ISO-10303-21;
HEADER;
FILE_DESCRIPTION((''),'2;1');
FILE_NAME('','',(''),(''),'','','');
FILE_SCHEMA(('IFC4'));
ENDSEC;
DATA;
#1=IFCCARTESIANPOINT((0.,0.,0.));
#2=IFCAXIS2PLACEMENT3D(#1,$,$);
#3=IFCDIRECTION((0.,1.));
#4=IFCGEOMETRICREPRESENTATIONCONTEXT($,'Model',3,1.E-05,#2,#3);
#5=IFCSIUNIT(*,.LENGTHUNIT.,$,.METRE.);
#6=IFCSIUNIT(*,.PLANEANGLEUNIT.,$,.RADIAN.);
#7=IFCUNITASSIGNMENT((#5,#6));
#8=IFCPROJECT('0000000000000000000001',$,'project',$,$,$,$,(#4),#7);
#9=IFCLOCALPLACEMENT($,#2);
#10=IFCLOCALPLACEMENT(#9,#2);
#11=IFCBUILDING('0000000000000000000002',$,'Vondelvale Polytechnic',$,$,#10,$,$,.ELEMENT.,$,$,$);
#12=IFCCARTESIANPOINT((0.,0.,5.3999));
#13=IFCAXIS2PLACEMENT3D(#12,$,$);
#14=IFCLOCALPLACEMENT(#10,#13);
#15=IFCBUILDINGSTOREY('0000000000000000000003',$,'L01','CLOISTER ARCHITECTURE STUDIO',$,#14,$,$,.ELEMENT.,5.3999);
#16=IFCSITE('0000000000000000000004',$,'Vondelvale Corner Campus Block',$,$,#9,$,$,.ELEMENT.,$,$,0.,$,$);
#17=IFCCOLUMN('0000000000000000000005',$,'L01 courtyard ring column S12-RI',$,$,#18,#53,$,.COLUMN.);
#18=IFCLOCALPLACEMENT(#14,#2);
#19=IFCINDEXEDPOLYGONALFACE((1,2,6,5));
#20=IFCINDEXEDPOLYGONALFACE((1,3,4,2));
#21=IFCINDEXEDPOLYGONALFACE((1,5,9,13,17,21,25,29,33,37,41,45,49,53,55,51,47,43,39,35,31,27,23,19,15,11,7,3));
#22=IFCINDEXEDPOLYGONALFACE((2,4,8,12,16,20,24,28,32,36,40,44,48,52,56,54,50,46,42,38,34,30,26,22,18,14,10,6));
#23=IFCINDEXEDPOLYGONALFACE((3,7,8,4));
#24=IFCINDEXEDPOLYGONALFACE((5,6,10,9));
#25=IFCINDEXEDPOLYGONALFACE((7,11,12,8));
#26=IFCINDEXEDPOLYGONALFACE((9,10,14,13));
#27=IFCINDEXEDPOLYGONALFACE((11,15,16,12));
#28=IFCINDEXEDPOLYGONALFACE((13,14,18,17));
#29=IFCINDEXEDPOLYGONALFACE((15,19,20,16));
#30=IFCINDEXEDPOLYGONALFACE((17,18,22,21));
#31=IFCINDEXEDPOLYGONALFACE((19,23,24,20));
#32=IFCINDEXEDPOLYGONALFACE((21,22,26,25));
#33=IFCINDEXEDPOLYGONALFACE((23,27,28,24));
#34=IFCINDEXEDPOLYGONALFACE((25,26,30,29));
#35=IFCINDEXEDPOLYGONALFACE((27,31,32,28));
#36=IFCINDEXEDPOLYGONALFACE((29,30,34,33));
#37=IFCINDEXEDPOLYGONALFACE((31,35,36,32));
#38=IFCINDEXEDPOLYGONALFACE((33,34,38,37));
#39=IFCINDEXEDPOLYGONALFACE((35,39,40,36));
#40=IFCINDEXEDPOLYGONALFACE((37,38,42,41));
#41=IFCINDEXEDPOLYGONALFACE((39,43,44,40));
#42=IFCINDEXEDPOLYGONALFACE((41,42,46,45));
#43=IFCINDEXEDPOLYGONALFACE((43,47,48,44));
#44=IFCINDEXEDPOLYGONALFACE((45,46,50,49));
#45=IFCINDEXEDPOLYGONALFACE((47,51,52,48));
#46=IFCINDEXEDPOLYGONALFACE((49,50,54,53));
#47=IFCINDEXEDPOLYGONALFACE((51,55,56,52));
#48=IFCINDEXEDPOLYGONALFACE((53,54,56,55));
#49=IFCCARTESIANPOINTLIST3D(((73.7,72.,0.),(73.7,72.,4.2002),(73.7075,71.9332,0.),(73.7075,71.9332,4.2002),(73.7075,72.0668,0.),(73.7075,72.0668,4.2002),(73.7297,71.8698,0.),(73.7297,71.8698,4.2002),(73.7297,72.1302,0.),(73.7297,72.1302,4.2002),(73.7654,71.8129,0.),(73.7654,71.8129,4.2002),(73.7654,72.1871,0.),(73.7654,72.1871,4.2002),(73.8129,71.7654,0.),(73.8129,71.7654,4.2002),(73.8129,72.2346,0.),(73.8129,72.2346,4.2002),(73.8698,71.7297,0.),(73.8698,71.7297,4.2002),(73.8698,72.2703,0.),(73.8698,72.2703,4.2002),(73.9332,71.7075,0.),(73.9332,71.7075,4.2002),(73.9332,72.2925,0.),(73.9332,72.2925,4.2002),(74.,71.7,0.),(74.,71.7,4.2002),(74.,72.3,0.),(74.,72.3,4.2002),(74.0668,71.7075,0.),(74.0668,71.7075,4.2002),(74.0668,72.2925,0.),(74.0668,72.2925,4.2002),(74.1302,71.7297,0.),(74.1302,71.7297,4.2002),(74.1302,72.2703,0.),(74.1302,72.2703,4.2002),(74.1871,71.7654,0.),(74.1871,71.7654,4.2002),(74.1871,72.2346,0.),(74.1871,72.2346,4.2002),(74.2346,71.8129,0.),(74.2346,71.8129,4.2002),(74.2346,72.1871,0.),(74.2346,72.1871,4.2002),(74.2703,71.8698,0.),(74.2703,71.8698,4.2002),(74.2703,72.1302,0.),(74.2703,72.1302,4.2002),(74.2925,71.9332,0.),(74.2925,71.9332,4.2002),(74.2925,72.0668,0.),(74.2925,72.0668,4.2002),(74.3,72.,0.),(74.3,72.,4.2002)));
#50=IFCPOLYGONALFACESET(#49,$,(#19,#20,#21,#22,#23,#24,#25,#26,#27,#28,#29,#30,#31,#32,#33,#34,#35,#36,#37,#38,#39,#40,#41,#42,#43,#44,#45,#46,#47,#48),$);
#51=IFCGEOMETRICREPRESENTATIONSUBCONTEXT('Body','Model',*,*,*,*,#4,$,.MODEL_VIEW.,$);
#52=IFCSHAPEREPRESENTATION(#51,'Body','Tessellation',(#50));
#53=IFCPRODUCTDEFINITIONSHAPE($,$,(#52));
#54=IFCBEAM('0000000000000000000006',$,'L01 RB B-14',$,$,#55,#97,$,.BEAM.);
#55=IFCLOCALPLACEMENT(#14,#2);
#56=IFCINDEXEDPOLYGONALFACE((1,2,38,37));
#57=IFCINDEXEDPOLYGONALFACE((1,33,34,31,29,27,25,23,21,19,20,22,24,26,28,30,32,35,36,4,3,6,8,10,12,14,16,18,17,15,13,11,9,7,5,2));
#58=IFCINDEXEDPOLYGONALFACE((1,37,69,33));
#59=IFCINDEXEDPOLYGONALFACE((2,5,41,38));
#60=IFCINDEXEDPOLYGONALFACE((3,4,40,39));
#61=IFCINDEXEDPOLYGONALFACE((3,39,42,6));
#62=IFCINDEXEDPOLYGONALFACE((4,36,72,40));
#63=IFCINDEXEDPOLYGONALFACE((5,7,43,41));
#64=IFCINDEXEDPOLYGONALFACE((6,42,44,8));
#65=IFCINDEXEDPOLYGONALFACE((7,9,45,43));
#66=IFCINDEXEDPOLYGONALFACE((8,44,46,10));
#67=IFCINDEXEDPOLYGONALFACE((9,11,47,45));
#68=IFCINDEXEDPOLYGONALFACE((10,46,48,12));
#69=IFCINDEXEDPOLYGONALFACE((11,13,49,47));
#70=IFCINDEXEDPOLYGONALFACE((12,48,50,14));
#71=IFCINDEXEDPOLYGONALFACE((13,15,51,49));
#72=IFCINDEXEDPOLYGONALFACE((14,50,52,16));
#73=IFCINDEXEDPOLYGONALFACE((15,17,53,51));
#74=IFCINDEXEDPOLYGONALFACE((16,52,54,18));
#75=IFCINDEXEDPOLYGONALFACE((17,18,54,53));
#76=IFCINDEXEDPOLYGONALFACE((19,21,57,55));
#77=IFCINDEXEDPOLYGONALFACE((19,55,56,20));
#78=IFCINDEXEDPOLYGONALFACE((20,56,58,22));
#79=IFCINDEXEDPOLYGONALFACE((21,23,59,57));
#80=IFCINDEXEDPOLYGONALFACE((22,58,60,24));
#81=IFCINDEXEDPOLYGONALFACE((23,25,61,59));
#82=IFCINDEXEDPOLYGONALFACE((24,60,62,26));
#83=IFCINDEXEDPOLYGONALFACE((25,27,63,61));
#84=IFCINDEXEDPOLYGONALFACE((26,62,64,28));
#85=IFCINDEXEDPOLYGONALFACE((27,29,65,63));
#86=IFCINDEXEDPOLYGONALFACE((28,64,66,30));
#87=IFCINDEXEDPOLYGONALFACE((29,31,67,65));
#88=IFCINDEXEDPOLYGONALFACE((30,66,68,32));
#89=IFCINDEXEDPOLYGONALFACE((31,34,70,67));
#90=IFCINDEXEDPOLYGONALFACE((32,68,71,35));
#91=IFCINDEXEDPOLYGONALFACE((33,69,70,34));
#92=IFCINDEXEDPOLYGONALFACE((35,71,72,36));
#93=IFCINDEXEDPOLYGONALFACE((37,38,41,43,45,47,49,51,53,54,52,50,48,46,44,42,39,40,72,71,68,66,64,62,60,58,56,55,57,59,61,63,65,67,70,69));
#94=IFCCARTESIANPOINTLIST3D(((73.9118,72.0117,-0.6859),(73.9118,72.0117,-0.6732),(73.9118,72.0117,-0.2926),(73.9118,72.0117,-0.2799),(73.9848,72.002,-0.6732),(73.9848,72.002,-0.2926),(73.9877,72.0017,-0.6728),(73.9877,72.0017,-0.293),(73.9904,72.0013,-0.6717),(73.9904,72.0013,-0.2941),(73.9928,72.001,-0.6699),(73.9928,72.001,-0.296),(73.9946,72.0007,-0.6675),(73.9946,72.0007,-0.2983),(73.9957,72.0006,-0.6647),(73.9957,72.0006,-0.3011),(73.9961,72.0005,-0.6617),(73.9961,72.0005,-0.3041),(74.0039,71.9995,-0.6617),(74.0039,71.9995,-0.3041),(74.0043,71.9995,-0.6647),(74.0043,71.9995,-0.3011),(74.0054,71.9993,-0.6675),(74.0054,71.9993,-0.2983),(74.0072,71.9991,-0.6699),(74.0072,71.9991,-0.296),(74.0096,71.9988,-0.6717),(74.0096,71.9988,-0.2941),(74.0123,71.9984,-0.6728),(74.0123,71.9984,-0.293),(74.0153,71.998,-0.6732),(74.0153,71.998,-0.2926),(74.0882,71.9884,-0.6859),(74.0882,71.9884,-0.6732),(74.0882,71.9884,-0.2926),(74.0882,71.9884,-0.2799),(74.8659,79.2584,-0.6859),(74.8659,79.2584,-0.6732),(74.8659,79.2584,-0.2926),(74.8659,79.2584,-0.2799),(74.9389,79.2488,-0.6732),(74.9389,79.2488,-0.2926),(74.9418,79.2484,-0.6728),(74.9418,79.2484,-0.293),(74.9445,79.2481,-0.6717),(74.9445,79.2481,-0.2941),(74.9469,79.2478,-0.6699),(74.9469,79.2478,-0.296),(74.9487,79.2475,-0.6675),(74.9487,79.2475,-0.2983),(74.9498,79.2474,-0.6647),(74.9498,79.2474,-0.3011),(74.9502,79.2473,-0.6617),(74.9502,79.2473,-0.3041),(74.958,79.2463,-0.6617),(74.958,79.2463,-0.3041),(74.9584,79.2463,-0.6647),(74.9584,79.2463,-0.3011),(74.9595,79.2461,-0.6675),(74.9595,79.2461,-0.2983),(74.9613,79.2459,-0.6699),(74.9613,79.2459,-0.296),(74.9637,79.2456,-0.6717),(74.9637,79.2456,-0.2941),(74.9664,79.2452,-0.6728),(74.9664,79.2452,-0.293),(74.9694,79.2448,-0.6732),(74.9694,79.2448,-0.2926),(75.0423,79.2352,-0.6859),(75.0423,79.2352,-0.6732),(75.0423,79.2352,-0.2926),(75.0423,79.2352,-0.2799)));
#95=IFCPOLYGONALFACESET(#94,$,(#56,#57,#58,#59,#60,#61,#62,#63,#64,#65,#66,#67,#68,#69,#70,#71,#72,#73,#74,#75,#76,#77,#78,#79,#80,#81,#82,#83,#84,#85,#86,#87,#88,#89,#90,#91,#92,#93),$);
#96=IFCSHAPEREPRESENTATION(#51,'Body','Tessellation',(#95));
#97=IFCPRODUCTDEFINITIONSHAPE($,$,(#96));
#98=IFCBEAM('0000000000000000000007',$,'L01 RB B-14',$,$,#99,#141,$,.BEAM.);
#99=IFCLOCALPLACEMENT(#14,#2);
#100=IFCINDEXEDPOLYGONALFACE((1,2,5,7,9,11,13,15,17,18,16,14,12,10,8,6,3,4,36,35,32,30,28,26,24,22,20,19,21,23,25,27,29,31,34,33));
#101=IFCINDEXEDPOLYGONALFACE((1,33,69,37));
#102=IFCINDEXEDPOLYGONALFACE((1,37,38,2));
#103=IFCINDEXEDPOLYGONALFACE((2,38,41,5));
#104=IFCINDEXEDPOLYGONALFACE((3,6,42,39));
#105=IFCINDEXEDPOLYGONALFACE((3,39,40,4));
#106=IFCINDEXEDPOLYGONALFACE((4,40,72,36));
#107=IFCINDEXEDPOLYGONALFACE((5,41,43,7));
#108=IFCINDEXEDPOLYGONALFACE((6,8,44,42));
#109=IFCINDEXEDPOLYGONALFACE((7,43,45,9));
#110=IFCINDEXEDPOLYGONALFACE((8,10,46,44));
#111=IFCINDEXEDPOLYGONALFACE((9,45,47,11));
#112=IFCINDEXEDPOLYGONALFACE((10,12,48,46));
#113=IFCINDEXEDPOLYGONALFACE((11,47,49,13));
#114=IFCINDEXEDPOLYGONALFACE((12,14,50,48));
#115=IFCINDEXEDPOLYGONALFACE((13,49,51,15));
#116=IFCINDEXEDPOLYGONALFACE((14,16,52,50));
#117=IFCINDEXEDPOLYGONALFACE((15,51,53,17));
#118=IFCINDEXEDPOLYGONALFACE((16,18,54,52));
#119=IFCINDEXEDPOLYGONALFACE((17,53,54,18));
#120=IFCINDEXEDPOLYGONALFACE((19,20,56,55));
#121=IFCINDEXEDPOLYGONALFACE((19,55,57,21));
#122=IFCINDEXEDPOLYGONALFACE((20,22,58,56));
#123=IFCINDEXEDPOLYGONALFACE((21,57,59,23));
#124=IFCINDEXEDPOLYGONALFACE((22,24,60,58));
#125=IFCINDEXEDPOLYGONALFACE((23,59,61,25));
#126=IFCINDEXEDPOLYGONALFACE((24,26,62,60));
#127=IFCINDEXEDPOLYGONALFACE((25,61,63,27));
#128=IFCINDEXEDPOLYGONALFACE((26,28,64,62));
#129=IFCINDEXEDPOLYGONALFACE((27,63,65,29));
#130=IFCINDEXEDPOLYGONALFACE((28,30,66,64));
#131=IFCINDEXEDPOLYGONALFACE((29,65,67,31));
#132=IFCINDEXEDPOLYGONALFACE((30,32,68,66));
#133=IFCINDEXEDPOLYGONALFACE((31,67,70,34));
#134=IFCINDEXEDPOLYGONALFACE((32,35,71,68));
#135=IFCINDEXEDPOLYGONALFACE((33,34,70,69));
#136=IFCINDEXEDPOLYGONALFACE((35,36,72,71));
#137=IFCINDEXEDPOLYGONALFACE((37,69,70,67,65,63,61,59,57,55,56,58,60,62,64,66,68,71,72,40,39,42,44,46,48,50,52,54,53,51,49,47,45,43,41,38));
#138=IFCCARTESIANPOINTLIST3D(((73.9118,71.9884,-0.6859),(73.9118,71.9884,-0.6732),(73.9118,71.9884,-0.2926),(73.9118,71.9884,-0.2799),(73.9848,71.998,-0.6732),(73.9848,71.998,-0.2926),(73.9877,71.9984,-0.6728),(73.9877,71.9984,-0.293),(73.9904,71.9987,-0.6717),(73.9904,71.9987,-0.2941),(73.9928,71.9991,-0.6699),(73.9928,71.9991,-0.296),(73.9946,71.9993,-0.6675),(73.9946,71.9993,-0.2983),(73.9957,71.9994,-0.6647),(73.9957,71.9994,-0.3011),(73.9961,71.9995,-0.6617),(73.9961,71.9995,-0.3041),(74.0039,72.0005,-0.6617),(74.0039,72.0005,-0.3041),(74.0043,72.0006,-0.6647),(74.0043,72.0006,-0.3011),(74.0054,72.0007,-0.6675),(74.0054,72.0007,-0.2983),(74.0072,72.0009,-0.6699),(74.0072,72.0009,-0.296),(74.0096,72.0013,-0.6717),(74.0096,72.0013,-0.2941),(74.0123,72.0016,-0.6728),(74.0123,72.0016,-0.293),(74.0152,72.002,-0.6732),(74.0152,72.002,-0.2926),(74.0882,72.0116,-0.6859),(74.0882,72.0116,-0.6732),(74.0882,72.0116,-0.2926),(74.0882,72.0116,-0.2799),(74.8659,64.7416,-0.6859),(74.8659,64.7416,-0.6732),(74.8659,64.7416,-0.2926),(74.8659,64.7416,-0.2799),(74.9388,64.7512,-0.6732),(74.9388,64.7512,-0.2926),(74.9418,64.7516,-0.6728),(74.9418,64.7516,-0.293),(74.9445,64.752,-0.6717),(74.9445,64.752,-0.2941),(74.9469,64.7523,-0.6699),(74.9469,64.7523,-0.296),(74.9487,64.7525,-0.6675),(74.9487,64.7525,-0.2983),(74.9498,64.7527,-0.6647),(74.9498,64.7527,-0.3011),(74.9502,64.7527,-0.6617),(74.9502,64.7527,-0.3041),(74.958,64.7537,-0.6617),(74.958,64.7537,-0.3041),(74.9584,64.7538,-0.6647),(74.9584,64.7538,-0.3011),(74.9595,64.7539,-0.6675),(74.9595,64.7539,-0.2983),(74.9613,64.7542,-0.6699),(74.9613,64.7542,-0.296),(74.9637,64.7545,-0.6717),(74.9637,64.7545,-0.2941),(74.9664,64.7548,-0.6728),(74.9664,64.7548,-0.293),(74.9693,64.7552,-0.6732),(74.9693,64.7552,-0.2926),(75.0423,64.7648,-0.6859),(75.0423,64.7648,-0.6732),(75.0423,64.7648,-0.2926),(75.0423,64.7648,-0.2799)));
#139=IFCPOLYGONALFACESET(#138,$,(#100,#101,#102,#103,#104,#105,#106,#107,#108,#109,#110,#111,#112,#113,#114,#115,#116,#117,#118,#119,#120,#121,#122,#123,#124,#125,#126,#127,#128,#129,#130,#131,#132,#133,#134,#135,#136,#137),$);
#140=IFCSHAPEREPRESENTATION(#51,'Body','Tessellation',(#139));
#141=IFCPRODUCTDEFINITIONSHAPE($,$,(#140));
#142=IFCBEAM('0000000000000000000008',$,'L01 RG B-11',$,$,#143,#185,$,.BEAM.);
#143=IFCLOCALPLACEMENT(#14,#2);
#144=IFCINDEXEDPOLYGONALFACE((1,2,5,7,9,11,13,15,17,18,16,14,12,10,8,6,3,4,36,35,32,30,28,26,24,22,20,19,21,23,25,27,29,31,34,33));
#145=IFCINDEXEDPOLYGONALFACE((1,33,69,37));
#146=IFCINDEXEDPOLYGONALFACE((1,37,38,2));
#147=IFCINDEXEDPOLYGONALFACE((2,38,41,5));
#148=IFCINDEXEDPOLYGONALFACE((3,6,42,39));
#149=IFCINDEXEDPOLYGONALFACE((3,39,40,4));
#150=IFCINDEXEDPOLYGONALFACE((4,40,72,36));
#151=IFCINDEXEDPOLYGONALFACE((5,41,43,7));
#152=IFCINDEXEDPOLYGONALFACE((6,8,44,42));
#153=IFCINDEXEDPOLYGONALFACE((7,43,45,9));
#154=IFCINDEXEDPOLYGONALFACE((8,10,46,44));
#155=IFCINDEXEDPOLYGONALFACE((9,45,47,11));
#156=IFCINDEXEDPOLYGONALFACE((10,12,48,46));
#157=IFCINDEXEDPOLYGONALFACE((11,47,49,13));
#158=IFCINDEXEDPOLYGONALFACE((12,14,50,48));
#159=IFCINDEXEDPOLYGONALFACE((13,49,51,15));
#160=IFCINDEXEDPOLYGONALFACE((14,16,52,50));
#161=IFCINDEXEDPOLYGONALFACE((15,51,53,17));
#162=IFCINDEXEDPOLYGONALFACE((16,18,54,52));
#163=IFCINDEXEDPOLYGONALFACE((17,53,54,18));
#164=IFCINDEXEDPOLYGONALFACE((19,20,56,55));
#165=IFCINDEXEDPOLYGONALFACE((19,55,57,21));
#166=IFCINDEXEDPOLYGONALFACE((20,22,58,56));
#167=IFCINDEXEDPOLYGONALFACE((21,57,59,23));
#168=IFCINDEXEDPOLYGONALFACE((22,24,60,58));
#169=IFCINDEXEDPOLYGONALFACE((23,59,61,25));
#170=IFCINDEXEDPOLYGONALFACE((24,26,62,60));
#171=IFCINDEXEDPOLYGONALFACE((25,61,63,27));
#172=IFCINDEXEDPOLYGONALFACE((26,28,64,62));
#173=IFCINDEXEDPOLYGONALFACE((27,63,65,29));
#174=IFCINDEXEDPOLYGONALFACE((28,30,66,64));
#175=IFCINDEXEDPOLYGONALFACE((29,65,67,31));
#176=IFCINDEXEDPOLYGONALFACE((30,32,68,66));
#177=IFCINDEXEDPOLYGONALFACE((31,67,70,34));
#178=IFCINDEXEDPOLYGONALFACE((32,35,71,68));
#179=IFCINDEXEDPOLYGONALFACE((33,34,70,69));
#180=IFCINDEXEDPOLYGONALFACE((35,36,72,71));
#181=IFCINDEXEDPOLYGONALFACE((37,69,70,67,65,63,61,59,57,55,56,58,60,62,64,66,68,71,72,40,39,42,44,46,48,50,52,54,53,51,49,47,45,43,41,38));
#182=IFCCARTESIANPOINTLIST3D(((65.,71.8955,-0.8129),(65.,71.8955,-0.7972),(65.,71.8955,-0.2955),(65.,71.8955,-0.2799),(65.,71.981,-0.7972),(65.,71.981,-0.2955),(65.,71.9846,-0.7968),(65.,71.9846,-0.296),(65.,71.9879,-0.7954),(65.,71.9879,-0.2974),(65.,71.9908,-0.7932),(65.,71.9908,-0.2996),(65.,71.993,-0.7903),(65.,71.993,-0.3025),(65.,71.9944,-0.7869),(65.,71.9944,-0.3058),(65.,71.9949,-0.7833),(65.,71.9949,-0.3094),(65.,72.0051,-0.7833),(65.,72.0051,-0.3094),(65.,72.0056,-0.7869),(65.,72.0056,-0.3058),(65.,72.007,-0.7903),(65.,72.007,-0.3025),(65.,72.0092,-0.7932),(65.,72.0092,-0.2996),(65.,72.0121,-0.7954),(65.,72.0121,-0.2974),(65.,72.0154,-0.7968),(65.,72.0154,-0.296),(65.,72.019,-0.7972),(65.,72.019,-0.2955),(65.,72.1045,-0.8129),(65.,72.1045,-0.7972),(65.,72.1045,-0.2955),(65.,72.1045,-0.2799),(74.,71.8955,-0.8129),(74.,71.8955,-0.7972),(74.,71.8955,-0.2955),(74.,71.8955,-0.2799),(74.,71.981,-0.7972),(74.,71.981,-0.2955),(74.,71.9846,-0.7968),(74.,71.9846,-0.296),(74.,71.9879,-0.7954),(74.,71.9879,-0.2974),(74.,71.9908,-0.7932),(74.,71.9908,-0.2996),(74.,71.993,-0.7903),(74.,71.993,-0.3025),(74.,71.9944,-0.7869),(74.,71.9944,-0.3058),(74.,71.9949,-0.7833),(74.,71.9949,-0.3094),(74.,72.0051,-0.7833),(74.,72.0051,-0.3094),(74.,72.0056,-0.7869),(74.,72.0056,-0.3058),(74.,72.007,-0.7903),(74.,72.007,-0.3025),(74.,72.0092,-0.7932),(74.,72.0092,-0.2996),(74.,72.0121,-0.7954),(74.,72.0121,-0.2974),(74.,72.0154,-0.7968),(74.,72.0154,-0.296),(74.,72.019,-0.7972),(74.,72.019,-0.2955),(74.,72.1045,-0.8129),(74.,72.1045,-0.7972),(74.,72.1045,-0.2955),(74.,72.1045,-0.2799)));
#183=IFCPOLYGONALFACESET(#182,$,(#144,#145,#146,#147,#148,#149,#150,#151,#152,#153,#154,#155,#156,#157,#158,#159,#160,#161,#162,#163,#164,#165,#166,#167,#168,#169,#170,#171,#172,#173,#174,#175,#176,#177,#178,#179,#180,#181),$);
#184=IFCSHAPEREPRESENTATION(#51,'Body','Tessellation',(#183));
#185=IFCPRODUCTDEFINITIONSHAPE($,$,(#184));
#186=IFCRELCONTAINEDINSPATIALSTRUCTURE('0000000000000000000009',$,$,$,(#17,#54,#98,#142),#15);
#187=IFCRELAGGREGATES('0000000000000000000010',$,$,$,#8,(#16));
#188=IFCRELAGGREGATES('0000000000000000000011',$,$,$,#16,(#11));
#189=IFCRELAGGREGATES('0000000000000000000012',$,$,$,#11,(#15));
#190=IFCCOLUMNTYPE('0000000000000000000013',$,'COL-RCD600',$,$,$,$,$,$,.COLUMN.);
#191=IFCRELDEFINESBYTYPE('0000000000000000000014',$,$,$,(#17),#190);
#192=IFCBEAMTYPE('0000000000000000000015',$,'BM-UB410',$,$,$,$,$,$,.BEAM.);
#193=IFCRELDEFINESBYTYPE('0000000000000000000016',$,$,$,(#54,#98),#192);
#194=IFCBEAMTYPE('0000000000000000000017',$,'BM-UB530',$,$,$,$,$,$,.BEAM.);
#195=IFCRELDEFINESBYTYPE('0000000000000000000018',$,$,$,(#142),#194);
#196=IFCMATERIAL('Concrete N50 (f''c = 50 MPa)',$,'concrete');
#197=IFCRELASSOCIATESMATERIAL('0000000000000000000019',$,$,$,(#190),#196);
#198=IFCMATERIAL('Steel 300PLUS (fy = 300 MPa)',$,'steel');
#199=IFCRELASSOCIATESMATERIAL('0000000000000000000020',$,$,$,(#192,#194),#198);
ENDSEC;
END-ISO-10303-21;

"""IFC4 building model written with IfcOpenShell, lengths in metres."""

from ifc_helpers import new_model, si_unit, direction, frame, origin, origin_2d, place, context, subcontext, project, spatial, circle, i_section, extrude, material, material_profile, profile_set, type_object, element, save


model = new_model("IFC4")

# Units and contexts
model_context = context("Model", 3, precision=1e-05, world=origin(), true_north=direction((0.0, 1.0)))
body_context = subcontext(model_context, "Body", "Model", "MODEL_VIEW")
ifc_project = project(units=[si_unit("LENGTHUNIT", "METRE"), si_unit("PLANEANGLEUNIT", "RADIAN")], contexts=[model_context])

# Site, building, storey
site_placement = place(None, origin())
site = spatial("IfcSite", under=ifc_project, at=site_placement, Name="Vondelvale Corner Campus Block", CompositionType="ELEMENT", RefElevation=0.0)
building_placement = place(site_placement, origin())
building = spatial("IfcBuilding", under=site, at=building_placement, Name="Vondelvale Polytechnic", CompositionType="ELEMENT")
storey_placement = place(building_placement, frame((0.0, 0.0, 5.3999)))
storey = spatial("IfcBuildingStorey", under=building, at=storey_placement, Name="L01", Description="CLOISTER ARCHITECTURE STUDIO", CompositionType="ELEMENT", Elevation=5.3999)

# Column
ifc_material_1 = material(Name="Concrete N50 (f'c = 50 MPa)", Category="concrete")
ifc_material_profile_1 = material_profile(ifc_material_1, circle(Radius=0.3, at=origin_2d()), Name="RC-COL-D600")
ifc_profile_set_1 = profile_set([ifc_material_profile_1], Name="Concrete N50 (f'c = 50 MPa)")
column_type = type_object("IfcColumnType", Name="COL-RCD600", PredefinedType="COLUMN", material=ifc_profile_set_1)
for number, where, z_axis, x_axis, name in (
    (1, (74.0, 72.0, 0.0), (0.0, 0.0, 1.0), (1.0, 0.0, 0.0), "L01 courtyard ring column S12-RI"),
):
    element("IfcColumn", number, at=place(storey_placement, frame(where, z_axis=z_axis, x_axis=x_axis)), inside=storey, type_object=column_type, Name=name, PredefinedType="COLUMN", context=body_context, shape_type="SweptSolid", body=[
        extrude(circle(Radius=0.3, at=origin_2d()), origin(), (0.0, 0.0, 1.0), 4.2002),
    ])

# Beams
ifc_material_2 = material(Name="Steel 300PLUS (fy = 300 MPa)", Category="steel")
ifc_material_profile_2 = material_profile(ifc_material_2, i_section(OverallWidth=0.178, OverallDepth=0.406, WebThickness=0.0078, FlangeThickness=0.0127, FilletRadius=0.0115, at=origin_2d()), Name="410UB59.7")
ifc_profile_set_2 = profile_set([ifc_material_profile_2], Name="Steel 300PLUS (fy = 300 MPa)")
beam_type_1 = type_object("IfcBeamType", Name="BM-UB410", PredefinedType="BEAM", material=ifc_profile_set_2)
for number, where, z_axis, x_axis, name in (
    (2, (74.9541, 79.2468, -0.4829), (-0.130531, -0.991444, 0.0), (0.991444, -0.130531, 0.0), "L01 RB B-14"),
    (3, (74.0, 72.0, -0.4829), (0.130531, -0.991444, 0.0), (0.991444, 0.130531, 0.0), "L01 RB B-14"),
):
    element("IfcBeam", number, at=place(storey_placement, frame(where, z_axis=z_axis, x_axis=x_axis)), inside=storey, type_object=beam_type_1, Name=name, PredefinedType="BEAM", context=body_context, shape_type="SweptSolid", body=[
        extrude(i_section(OverallWidth=0.178, OverallDepth=0.406, WebThickness=0.0078, FlangeThickness=0.0127, FilletRadius=0.0115, at=origin_2d()), origin(), (0.0, 0.0, 1.0), 7.3093),
    ])
ifc_material_profile_3 = material_profile(ifc_material_2, i_section(OverallWidth=0.209, OverallDepth=0.533, WebThickness=0.0103, FlangeThickness=0.0156, FilletRadius=0.0139, at=origin_2d()), Name="530UB92.4")
ifc_profile_set_3 = profile_set([ifc_material_profile_3], Name="Steel 300PLUS (fy = 300 MPa)")
beam_type_2 = type_object("IfcBeamType", Name="BM-UB530", PredefinedType="BEAM", material=ifc_profile_set_3)
beam_placement = place(storey_placement, frame((74.0, 72.0, -0.5464), z_axis=(-1.0, 0.0, 0.0), x_axis=(0.0, -1.0, 0.0)))
element("IfcBeam", 4, at=beam_placement, inside=storey, type_object=beam_type_2, Name="L01 RG B-11", PredefinedType="BEAM", context=body_context, shape_type="SweptSolid", body=[
    extrude(i_section(OverallWidth=0.209, OverallDepth=0.533, WebThickness=0.0103, FlangeThickness=0.0156, FilletRadius=0.0139, at=origin_2d()), origin(), (0.0, 0.0, 1.0), 9.0),
])

save(model, "model.ifc")
